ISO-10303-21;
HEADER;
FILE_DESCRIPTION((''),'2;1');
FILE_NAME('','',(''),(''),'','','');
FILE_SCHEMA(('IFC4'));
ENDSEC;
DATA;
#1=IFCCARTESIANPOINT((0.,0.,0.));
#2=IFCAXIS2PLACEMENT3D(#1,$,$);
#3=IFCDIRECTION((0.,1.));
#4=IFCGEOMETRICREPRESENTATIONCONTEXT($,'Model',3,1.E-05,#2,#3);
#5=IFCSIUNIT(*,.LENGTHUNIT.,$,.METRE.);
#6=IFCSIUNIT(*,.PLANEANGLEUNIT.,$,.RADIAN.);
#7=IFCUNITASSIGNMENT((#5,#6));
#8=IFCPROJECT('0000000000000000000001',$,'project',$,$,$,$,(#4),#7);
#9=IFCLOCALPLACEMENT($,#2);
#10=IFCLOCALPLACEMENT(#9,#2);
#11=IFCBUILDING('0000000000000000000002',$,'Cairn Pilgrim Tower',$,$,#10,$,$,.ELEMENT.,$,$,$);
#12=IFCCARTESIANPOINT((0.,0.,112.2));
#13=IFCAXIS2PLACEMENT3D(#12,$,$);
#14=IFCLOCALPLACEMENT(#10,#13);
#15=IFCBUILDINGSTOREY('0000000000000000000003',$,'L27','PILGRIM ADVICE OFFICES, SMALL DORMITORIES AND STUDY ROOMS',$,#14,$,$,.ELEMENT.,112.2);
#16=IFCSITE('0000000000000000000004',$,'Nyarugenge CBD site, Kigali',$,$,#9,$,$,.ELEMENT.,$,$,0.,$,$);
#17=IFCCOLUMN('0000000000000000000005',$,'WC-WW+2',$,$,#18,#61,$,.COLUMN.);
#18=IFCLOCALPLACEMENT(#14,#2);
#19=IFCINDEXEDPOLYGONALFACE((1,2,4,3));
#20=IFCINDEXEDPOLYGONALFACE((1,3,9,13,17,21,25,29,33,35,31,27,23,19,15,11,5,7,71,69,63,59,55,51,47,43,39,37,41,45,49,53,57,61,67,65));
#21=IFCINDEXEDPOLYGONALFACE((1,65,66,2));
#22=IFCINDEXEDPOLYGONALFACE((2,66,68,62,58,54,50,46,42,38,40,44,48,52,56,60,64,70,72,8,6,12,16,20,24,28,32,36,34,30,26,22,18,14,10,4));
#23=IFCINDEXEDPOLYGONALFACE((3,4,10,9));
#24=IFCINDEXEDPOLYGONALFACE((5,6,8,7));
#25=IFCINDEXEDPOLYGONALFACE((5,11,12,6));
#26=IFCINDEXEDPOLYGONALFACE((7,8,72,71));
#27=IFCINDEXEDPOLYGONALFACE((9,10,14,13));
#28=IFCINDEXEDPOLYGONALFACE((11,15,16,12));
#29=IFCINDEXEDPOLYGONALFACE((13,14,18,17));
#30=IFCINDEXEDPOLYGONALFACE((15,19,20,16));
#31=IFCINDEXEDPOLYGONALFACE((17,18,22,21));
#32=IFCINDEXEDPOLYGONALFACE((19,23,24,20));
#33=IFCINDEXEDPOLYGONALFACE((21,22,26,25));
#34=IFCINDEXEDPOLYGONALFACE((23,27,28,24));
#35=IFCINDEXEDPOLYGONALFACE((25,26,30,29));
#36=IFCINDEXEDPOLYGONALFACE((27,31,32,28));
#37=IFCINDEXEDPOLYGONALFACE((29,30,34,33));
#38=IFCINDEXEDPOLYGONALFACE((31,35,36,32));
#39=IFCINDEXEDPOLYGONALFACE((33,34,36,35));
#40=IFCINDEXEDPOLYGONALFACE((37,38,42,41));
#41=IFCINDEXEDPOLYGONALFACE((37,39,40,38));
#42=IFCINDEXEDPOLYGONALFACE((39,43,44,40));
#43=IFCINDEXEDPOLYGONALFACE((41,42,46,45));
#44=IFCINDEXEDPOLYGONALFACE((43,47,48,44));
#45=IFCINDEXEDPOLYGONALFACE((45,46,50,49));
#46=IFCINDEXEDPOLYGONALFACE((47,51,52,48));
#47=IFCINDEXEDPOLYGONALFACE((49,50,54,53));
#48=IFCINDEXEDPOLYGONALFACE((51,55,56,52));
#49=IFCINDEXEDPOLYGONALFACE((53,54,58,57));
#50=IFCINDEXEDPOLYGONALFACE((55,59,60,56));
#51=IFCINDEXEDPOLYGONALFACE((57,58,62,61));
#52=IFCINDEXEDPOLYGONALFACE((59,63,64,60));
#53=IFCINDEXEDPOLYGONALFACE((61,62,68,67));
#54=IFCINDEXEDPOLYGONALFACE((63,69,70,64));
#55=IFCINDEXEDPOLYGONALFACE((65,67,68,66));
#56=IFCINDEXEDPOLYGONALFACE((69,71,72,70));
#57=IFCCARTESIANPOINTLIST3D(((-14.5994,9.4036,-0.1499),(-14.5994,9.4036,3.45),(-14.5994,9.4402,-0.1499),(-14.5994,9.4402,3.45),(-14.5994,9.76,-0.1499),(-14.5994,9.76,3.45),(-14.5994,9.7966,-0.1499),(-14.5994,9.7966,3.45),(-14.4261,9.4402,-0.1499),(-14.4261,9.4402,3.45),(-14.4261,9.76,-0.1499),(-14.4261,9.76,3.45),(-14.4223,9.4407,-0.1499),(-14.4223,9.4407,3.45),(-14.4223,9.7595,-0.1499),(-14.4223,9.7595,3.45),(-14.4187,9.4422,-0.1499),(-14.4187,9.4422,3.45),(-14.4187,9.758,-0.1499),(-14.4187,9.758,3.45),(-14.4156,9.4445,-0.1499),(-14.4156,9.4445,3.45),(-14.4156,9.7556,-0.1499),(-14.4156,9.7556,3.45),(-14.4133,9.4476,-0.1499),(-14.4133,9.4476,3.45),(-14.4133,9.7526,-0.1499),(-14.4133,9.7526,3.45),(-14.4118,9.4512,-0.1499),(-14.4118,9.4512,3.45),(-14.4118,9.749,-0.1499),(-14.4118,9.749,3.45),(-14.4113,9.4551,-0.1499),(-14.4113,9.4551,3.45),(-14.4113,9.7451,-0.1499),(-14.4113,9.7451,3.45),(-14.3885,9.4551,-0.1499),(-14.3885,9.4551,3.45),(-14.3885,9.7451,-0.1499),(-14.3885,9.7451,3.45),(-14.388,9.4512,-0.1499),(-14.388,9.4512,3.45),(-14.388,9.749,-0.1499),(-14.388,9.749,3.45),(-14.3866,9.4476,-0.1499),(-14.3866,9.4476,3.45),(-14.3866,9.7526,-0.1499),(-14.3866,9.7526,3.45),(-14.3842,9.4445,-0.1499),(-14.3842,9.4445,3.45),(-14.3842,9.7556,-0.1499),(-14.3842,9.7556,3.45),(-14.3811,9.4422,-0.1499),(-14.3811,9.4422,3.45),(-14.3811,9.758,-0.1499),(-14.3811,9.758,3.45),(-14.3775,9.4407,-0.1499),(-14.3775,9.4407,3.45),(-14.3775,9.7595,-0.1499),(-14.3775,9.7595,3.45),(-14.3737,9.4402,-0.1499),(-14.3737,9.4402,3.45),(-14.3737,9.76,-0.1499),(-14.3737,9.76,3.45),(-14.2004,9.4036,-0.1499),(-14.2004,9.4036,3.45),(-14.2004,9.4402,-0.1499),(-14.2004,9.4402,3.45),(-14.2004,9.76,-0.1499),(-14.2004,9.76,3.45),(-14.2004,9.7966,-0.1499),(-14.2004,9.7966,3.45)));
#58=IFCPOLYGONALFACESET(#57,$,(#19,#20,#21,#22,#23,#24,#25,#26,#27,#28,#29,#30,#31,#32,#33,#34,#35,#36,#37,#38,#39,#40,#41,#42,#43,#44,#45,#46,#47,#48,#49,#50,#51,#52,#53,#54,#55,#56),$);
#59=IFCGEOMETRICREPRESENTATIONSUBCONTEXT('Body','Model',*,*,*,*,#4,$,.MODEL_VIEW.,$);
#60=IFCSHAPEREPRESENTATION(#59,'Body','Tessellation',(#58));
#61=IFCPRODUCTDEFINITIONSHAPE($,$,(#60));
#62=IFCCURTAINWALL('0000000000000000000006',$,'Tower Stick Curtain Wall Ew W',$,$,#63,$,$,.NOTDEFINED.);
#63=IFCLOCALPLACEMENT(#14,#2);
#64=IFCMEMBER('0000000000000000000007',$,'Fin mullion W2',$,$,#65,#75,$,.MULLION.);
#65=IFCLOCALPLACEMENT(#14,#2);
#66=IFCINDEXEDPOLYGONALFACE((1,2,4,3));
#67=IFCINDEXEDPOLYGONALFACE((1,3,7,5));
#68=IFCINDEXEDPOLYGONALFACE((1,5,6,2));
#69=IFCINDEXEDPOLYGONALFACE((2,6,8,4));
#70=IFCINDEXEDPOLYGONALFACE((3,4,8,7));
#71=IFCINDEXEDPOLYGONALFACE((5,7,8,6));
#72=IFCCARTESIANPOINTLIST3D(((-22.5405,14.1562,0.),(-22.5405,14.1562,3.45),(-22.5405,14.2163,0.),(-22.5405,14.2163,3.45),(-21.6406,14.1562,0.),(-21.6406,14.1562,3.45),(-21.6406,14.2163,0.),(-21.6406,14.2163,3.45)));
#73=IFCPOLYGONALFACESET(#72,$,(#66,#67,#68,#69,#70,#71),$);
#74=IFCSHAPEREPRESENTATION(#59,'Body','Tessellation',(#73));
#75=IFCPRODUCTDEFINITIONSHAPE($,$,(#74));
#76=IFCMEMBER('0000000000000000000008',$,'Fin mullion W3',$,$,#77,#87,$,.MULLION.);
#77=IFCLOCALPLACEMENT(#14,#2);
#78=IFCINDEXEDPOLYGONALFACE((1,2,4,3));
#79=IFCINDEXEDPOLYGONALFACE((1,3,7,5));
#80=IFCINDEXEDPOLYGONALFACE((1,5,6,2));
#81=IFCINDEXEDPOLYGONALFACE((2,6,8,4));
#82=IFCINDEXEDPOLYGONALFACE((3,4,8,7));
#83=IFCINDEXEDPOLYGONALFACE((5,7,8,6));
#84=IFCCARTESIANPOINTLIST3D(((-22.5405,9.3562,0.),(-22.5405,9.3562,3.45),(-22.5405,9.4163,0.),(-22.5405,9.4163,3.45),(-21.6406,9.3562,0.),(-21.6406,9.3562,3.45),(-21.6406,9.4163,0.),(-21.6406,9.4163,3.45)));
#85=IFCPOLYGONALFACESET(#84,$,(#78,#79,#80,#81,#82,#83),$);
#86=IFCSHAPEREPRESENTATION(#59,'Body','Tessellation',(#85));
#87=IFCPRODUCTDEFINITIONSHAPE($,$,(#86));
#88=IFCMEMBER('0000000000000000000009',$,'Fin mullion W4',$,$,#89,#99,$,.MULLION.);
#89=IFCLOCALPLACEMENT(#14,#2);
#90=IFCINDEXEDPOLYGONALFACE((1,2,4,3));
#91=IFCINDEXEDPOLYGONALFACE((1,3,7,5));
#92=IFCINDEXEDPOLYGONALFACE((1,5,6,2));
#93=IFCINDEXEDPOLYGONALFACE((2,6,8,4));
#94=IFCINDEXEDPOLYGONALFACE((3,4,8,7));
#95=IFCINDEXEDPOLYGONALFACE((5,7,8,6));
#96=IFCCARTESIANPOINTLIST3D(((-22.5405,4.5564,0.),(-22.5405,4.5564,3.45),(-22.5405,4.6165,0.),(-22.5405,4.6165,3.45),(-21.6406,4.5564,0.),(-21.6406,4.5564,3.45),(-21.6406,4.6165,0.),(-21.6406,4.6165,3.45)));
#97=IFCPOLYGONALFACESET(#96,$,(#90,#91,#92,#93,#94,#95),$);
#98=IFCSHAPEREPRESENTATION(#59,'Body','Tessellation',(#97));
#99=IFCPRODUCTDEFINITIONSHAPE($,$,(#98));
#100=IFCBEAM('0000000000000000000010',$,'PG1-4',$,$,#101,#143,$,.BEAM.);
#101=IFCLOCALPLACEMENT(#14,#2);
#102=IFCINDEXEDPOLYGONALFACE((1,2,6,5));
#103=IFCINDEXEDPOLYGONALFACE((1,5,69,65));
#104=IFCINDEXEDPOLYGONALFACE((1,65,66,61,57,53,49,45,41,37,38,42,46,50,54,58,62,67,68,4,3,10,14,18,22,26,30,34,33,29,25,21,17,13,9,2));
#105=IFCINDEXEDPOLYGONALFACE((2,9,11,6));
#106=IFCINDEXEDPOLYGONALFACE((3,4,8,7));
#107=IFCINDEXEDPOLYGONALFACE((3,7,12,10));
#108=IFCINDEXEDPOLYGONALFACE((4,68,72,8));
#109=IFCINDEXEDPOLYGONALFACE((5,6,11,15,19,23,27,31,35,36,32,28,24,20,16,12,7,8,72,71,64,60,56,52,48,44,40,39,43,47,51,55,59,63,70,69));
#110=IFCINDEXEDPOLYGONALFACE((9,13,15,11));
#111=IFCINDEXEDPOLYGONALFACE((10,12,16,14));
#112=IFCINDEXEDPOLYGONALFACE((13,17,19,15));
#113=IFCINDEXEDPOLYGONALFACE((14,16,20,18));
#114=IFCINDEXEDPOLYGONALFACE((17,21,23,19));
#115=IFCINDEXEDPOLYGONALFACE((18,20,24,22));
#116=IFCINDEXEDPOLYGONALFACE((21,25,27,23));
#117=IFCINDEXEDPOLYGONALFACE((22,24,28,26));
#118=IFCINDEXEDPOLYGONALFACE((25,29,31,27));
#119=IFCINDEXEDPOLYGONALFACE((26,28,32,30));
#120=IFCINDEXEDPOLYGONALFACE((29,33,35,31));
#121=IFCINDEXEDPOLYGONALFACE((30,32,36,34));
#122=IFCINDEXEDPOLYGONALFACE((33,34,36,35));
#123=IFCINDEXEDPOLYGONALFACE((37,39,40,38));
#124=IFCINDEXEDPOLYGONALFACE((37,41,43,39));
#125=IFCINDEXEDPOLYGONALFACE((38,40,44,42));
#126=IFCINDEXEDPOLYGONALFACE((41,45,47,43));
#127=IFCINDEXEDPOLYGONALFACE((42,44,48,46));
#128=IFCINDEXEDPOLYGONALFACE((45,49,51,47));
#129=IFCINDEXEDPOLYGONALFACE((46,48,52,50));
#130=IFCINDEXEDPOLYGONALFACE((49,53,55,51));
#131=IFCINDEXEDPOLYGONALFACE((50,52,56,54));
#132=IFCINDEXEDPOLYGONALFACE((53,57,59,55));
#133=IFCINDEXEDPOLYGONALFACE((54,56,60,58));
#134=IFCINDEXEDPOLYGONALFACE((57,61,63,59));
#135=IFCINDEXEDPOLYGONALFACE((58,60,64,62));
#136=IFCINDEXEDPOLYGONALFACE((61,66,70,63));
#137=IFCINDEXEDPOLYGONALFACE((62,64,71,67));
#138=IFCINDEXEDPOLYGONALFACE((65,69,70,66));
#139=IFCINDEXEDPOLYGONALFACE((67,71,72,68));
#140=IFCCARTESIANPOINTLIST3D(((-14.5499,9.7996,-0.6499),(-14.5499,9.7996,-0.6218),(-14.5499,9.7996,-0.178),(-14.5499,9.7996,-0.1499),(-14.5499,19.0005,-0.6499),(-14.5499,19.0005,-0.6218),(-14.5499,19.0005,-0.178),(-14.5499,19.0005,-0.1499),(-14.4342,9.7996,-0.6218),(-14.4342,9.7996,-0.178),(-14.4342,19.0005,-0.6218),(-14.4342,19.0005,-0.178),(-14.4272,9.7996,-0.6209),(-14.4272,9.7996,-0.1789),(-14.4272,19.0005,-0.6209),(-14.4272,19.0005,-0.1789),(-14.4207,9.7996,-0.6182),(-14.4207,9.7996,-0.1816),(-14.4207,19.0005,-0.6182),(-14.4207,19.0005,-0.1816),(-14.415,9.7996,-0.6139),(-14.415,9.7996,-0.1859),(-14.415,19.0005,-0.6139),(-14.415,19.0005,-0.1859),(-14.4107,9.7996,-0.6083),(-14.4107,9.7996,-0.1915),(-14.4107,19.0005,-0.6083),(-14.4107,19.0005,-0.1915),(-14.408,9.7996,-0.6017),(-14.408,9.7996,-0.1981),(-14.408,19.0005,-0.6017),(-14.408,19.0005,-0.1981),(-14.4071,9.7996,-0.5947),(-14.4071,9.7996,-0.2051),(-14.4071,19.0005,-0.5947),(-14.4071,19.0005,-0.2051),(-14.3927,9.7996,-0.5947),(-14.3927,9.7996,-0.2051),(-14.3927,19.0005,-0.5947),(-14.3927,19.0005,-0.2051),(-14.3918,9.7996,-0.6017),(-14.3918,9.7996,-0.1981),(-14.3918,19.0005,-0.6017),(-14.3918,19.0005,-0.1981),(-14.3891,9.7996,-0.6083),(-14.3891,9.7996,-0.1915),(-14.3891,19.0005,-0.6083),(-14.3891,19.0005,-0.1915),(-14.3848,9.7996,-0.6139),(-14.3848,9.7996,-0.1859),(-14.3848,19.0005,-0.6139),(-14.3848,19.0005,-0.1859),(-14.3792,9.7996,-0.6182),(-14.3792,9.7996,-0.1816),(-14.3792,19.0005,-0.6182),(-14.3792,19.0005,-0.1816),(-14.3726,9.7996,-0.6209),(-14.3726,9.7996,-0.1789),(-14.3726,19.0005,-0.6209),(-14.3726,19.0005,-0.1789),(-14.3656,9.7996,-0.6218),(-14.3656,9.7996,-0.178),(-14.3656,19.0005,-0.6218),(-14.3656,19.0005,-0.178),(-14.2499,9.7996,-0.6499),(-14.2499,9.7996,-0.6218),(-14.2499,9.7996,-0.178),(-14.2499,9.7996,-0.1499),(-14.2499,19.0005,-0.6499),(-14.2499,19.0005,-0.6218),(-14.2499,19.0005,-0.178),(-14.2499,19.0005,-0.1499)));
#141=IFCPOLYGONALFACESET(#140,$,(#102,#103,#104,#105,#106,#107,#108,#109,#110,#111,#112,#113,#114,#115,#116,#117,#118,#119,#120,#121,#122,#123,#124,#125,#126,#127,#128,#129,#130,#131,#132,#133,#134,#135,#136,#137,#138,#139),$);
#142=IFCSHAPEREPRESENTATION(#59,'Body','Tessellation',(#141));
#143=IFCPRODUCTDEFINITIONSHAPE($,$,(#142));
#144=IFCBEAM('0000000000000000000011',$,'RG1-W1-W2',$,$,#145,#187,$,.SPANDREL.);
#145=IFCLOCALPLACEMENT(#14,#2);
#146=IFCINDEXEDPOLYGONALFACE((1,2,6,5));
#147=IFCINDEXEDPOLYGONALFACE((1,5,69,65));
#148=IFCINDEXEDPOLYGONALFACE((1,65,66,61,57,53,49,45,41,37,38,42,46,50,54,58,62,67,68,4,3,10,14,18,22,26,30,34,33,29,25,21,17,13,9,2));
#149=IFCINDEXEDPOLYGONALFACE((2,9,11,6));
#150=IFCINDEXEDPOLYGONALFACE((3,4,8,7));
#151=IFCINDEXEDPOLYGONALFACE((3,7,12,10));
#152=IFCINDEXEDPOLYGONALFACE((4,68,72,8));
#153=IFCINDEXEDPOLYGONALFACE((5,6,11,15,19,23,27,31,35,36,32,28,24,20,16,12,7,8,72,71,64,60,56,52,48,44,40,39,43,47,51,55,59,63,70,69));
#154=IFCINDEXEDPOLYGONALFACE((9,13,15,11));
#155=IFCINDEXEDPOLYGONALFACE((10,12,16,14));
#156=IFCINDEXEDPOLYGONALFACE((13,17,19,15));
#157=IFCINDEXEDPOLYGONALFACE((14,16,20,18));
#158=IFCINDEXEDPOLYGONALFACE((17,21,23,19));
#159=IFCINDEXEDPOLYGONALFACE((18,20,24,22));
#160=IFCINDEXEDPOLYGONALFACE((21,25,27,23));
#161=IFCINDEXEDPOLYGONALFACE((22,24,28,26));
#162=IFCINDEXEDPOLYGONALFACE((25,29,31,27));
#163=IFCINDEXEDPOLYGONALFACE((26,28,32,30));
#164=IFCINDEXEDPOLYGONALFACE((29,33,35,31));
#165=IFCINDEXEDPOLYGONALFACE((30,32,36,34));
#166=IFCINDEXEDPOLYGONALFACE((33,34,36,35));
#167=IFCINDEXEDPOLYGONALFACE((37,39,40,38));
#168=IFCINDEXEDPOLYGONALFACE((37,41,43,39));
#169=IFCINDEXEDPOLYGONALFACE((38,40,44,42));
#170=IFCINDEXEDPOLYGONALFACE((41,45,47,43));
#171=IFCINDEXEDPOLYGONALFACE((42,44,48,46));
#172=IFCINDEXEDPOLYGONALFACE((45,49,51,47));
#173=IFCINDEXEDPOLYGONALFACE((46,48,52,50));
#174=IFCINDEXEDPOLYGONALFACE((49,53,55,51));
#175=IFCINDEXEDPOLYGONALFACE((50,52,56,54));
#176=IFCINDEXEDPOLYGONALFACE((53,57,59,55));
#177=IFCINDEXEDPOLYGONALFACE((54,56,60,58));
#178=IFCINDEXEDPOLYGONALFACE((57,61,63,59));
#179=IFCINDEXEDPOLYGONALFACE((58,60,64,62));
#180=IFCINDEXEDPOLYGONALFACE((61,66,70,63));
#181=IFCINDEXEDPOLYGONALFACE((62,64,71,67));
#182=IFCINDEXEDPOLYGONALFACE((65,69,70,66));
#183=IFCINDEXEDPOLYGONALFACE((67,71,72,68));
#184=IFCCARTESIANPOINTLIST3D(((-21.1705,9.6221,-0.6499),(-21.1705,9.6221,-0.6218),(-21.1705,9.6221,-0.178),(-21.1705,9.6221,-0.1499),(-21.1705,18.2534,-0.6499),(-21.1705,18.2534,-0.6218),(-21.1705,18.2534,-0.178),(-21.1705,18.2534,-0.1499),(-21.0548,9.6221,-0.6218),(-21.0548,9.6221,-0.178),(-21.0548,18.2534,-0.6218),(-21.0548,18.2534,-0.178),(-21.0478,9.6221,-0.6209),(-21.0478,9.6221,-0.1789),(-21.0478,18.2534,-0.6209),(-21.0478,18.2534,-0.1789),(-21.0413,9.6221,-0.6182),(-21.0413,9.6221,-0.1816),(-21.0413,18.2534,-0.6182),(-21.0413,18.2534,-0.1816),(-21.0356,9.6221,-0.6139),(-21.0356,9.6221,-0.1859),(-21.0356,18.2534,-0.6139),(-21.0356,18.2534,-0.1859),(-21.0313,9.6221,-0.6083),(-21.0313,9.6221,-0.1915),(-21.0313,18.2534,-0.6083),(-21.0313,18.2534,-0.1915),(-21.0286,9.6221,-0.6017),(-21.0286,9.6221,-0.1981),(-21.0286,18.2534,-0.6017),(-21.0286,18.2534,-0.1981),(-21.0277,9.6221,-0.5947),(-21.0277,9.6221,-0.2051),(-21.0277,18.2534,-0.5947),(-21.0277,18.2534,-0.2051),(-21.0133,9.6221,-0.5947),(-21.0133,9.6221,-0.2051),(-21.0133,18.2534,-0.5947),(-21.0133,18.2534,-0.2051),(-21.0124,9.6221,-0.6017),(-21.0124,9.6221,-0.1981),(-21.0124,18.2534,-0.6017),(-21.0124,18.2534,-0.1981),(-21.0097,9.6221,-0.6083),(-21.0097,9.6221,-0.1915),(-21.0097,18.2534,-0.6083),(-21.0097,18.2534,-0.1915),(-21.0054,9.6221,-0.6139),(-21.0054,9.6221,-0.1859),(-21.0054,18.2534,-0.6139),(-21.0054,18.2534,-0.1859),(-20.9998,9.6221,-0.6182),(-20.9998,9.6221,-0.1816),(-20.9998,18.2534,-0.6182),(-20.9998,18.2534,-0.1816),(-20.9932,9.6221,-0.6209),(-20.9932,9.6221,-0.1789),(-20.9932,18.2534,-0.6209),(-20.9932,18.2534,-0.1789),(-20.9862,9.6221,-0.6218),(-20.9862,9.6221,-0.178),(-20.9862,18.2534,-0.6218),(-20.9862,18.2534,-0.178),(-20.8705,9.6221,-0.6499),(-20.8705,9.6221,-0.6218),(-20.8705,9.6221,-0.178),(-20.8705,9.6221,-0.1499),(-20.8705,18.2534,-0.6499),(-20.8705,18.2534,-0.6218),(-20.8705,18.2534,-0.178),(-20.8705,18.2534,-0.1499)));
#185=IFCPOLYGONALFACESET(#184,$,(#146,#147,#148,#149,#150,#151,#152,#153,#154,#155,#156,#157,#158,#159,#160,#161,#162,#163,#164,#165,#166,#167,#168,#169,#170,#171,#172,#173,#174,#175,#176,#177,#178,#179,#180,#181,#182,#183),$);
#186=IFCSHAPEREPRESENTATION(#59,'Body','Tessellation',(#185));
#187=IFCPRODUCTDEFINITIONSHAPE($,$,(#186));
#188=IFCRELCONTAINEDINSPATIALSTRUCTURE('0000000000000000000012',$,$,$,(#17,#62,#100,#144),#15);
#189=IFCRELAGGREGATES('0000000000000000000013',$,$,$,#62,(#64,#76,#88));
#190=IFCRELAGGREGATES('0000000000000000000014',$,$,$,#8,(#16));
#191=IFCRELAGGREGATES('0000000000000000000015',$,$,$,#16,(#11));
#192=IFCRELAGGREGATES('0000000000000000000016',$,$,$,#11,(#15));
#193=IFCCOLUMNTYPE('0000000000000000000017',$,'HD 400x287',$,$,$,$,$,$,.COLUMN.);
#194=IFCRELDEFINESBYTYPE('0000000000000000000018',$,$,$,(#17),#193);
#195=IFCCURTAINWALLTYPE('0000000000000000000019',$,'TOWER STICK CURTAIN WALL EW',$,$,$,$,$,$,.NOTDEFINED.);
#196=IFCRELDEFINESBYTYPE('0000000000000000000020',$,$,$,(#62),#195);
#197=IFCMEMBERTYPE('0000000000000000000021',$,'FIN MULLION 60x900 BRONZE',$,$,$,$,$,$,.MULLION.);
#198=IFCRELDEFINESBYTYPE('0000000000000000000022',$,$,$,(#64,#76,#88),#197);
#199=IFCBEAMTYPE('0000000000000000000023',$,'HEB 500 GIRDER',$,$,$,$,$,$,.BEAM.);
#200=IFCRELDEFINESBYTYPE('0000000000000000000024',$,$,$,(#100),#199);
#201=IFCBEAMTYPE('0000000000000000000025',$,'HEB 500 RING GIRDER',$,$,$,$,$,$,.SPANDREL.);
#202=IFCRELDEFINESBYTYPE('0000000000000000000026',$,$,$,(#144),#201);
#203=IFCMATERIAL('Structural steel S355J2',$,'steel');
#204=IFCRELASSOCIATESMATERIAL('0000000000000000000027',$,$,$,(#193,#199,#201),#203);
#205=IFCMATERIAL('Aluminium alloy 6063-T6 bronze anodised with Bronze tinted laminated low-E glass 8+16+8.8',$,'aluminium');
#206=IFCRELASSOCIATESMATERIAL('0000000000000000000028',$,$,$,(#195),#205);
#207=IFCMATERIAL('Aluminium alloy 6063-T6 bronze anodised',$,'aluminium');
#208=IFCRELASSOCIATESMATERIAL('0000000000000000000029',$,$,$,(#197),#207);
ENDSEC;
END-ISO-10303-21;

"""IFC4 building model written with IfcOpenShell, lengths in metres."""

from ifc_helpers import new_model, si_unit, direction, frame, origin, origin_2d, place, context, subcontext, project, spatial, rectangle, i_section, extrude, material, material_profile, profile_set, type_object, element, aggregate, save


model = new_model("IFC4")

# Units and contexts
model_context = context("Model", 3, precision=1e-05, world=origin(), true_north=direction((0.0, 1.0)))
body_context = subcontext(model_context, "Body", "Model", "MODEL_VIEW")
ifc_project = project(units=[si_unit("LENGTHUNIT", "METRE"), si_unit("PLANEANGLEUNIT", "RADIAN")], contexts=[model_context])

# Site, building, storey
site_placement = place(None, origin())
site = spatial("IfcSite", under=ifc_project, at=site_placement, Name="Nyarugenge CBD site, Kigali", CompositionType="ELEMENT", RefElevation=0.0)
building_placement = place(site_placement, origin())
building = spatial("IfcBuilding", under=site, at=building_placement, Name="Cairn Pilgrim Tower", CompositionType="ELEMENT")
storey_placement = place(building_placement, frame((0.0, 0.0, 112.2)))
storey = spatial("IfcBuildingStorey", under=building, at=storey_placement, Name="L27", Description="PILGRIM ADVICE OFFICES, SMALL DORMITORIES AND STUDY ROOMS", CompositionType="ELEMENT", Elevation=112.2)

# Column
ifc_material_1 = material(Name="Structural steel S355J2", Category="steel")
ifc_material_profile_1 = material_profile(ifc_material_1, i_section(OverallWidth=0.3989, OverallDepth=0.3931, WebThickness=0.0227, FlangeThickness=0.0366, FilletRadius=0.0149, at=origin_2d()), Name="HD 400x287")
ifc_profile_set_1 = profile_set([ifc_material_profile_1], Name="Structural steel S355J2")
column_type_1 = type_object("IfcColumnType", Name="HD 400x287", PredefinedType="COLUMN", material=ifc_profile_set_1)
column_placement = place(storey_placement, frame((-14.3999, 9.6001, -0.1499), z_axis=(0.0, 0.0, 1.0), x_axis=(1.0, 0.0, 0.0)))
element("IfcColumn", 1, at=column_placement, inside=storey, type_object=column_type_1, Name="WC-WW+2", PredefinedType="COLUMN", context=body_context, shape_type="SweptSolid", body=[
    extrude(i_section(OverallWidth=0.3989, OverallDepth=0.3931, WebThickness=0.0227, FlangeThickness=0.0366, FilletRadius=0.0149, at=origin_2d()), origin(), (0.0, 0.0, 1.0), 3.5999),
])

# Curtain wall, members
ifc_material_2 = material(Name="Aluminium alloy 6063-T6 bronze anodised with Bronze tinted laminated low-E glass 8+16+8.8", Category="aluminium")
curtain_wall_type = type_object("IfcCurtainWallType", Name="TOWER STICK CURTAIN WALL EW", PredefinedType="NOTDEFINED", material=ifc_material_2)
curtain_wall_placement = place(storey_placement, origin())
curtain_wall = element("IfcCurtainWall", 2, at=curtain_wall_placement, inside=storey, type_object=curtain_wall_type, Name="Tower Stick Curtain Wall Ew W", PredefinedType="NOTDEFINED")
ifc_material_3 = material(Name="Aluminium alloy 6063-T6 bronze anodised", Category="aluminium")
ifc_material_profile_2 = material_profile(ifc_material_3, rectangle(XDim=0.8999, YDim=0.0601, at=origin_2d()), Name="FIN MULLION 60x900 BRONZE")
ifc_profile_set_2 = profile_set([ifc_material_profile_2], Name="Aluminium alloy 6063-T6 bronze anodised")
member_type_1 = type_object("IfcMemberType", Name="FIN MULLION 60x900 BRONZE", PredefinedType="MULLION", material=ifc_profile_set_2)
member_1_placement = place(storey_placement, frame((-22.0906, 14.1863, 0.0), z_axis=(0.0, 0.0, 1.0), x_axis=(-1.0, 0.0, 0.0)))
member_1 = element("IfcMember", 3, at=member_1_placement, type_object=member_type_1, Name="Fin mullion W2", PredefinedType="MULLION", context=body_context, shape_type="SweptSolid", body=[
    extrude(rectangle(XDim=0.8999, YDim=0.0601, at=origin_2d()), origin(), (0.0, 0.0, 1.0), 3.45),
])
member_2_placement = place(storey_placement, frame((-22.0906, 9.3862, 0.0), z_axis=(0.0, 0.0, 1.0), x_axis=(-1.0, 0.0, 0.0)))
member_2 = element("IfcMember", 4, at=member_2_placement, type_object=member_type_1, Name="Fin mullion W3", PredefinedType="MULLION", context=body_context, shape_type="SweptSolid", body=[
    extrude(rectangle(XDim=0.8999, YDim=0.0601, at=origin_2d()), origin(), (0.0, 0.0, 1.0), 3.45),
])
member_3_placement = place(storey_placement, frame((-22.0906, 4.5864, 0.0), z_axis=(0.0, 0.0, 1.0), x_axis=(-1.0, 0.0, 0.0)))
member_3 = element("IfcMember", 5, at=member_3_placement, type_object=member_type_1, Name="Fin mullion W4", PredefinedType="MULLION", context=body_context, shape_type="SweptSolid", body=[
    extrude(rectangle(XDim=0.8999, YDim=0.0601, at=origin_2d()), origin(), (0.0, 0.0, 1.0), 3.45),
])

# Beams
ifc_material_profile_3 = material_profile(ifc_material_1, i_section(OverallWidth=0.3, OverallDepth=0.5, WebThickness=0.0144, FlangeThickness=0.0281, FilletRadius=0.0271, at=origin_2d()), Name="HEB 500")
ifc_profile_set_3 = profile_set([ifc_material_profile_3], Name="Structural steel S355J2")
beam_type_1 = type_object("IfcBeamType", Name="HEB 500 GIRDER", PredefinedType="BEAM", material=ifc_profile_set_3)
beam_1_placement = place(storey_placement, frame((-14.3999, 9.7996, -0.3999), z_axis=(0.0, 1.0, 0.0), x_axis=(-1.0, 0.0, 0.0)))
element("IfcBeam", 6, at=beam_1_placement, inside=storey, type_object=beam_type_1, Name="PG1-4", PredefinedType="BEAM", context=body_context, shape_type="SweptSolid", body=[
    extrude(i_section(OverallWidth=0.3, OverallDepth=0.5, WebThickness=0.0144, FlangeThickness=0.0281, FilletRadius=0.0271, at=origin_2d()), origin(), (0.0, 0.0, 1.0), 9.2009),
])
ifc_material_profile_4 = material_profile(ifc_material_1, i_section(OverallWidth=0.3, OverallDepth=0.5, WebThickness=0.0144, FlangeThickness=0.0281, FilletRadius=0.0271, at=origin_2d()), Name="HEB 500")
ifc_profile_set_4 = profile_set([ifc_material_profile_4], Name="Structural steel S355J2")
beam_type_2 = type_object("IfcBeamType", Name="HEB 500 RING GIRDER", PredefinedType="SPANDREL", material=ifc_profile_set_4)
beam_2_placement = place(storey_placement, frame((-21.0205, 18.2534, -0.3999), z_axis=(0.0, -1.0, 0.0), x_axis=(1.0, 0.0, 0.0)))
element("IfcBeam", 7, at=beam_2_placement, inside=storey, type_object=beam_type_2, Name="RG1-W1-W2", PredefinedType="SPANDREL", context=body_context, shape_type="SweptSolid", body=[
    extrude(i_section(OverallWidth=0.3, OverallDepth=0.5, WebThickness=0.0144, FlangeThickness=0.0281, FilletRadius=0.0271, at=origin_2d()), origin(), (0.0, 0.0, 1.0), 8.6313),
])

aggregate(curtain_wall, [member_1, member_2, member_3])

save(model, "model.ifc")
